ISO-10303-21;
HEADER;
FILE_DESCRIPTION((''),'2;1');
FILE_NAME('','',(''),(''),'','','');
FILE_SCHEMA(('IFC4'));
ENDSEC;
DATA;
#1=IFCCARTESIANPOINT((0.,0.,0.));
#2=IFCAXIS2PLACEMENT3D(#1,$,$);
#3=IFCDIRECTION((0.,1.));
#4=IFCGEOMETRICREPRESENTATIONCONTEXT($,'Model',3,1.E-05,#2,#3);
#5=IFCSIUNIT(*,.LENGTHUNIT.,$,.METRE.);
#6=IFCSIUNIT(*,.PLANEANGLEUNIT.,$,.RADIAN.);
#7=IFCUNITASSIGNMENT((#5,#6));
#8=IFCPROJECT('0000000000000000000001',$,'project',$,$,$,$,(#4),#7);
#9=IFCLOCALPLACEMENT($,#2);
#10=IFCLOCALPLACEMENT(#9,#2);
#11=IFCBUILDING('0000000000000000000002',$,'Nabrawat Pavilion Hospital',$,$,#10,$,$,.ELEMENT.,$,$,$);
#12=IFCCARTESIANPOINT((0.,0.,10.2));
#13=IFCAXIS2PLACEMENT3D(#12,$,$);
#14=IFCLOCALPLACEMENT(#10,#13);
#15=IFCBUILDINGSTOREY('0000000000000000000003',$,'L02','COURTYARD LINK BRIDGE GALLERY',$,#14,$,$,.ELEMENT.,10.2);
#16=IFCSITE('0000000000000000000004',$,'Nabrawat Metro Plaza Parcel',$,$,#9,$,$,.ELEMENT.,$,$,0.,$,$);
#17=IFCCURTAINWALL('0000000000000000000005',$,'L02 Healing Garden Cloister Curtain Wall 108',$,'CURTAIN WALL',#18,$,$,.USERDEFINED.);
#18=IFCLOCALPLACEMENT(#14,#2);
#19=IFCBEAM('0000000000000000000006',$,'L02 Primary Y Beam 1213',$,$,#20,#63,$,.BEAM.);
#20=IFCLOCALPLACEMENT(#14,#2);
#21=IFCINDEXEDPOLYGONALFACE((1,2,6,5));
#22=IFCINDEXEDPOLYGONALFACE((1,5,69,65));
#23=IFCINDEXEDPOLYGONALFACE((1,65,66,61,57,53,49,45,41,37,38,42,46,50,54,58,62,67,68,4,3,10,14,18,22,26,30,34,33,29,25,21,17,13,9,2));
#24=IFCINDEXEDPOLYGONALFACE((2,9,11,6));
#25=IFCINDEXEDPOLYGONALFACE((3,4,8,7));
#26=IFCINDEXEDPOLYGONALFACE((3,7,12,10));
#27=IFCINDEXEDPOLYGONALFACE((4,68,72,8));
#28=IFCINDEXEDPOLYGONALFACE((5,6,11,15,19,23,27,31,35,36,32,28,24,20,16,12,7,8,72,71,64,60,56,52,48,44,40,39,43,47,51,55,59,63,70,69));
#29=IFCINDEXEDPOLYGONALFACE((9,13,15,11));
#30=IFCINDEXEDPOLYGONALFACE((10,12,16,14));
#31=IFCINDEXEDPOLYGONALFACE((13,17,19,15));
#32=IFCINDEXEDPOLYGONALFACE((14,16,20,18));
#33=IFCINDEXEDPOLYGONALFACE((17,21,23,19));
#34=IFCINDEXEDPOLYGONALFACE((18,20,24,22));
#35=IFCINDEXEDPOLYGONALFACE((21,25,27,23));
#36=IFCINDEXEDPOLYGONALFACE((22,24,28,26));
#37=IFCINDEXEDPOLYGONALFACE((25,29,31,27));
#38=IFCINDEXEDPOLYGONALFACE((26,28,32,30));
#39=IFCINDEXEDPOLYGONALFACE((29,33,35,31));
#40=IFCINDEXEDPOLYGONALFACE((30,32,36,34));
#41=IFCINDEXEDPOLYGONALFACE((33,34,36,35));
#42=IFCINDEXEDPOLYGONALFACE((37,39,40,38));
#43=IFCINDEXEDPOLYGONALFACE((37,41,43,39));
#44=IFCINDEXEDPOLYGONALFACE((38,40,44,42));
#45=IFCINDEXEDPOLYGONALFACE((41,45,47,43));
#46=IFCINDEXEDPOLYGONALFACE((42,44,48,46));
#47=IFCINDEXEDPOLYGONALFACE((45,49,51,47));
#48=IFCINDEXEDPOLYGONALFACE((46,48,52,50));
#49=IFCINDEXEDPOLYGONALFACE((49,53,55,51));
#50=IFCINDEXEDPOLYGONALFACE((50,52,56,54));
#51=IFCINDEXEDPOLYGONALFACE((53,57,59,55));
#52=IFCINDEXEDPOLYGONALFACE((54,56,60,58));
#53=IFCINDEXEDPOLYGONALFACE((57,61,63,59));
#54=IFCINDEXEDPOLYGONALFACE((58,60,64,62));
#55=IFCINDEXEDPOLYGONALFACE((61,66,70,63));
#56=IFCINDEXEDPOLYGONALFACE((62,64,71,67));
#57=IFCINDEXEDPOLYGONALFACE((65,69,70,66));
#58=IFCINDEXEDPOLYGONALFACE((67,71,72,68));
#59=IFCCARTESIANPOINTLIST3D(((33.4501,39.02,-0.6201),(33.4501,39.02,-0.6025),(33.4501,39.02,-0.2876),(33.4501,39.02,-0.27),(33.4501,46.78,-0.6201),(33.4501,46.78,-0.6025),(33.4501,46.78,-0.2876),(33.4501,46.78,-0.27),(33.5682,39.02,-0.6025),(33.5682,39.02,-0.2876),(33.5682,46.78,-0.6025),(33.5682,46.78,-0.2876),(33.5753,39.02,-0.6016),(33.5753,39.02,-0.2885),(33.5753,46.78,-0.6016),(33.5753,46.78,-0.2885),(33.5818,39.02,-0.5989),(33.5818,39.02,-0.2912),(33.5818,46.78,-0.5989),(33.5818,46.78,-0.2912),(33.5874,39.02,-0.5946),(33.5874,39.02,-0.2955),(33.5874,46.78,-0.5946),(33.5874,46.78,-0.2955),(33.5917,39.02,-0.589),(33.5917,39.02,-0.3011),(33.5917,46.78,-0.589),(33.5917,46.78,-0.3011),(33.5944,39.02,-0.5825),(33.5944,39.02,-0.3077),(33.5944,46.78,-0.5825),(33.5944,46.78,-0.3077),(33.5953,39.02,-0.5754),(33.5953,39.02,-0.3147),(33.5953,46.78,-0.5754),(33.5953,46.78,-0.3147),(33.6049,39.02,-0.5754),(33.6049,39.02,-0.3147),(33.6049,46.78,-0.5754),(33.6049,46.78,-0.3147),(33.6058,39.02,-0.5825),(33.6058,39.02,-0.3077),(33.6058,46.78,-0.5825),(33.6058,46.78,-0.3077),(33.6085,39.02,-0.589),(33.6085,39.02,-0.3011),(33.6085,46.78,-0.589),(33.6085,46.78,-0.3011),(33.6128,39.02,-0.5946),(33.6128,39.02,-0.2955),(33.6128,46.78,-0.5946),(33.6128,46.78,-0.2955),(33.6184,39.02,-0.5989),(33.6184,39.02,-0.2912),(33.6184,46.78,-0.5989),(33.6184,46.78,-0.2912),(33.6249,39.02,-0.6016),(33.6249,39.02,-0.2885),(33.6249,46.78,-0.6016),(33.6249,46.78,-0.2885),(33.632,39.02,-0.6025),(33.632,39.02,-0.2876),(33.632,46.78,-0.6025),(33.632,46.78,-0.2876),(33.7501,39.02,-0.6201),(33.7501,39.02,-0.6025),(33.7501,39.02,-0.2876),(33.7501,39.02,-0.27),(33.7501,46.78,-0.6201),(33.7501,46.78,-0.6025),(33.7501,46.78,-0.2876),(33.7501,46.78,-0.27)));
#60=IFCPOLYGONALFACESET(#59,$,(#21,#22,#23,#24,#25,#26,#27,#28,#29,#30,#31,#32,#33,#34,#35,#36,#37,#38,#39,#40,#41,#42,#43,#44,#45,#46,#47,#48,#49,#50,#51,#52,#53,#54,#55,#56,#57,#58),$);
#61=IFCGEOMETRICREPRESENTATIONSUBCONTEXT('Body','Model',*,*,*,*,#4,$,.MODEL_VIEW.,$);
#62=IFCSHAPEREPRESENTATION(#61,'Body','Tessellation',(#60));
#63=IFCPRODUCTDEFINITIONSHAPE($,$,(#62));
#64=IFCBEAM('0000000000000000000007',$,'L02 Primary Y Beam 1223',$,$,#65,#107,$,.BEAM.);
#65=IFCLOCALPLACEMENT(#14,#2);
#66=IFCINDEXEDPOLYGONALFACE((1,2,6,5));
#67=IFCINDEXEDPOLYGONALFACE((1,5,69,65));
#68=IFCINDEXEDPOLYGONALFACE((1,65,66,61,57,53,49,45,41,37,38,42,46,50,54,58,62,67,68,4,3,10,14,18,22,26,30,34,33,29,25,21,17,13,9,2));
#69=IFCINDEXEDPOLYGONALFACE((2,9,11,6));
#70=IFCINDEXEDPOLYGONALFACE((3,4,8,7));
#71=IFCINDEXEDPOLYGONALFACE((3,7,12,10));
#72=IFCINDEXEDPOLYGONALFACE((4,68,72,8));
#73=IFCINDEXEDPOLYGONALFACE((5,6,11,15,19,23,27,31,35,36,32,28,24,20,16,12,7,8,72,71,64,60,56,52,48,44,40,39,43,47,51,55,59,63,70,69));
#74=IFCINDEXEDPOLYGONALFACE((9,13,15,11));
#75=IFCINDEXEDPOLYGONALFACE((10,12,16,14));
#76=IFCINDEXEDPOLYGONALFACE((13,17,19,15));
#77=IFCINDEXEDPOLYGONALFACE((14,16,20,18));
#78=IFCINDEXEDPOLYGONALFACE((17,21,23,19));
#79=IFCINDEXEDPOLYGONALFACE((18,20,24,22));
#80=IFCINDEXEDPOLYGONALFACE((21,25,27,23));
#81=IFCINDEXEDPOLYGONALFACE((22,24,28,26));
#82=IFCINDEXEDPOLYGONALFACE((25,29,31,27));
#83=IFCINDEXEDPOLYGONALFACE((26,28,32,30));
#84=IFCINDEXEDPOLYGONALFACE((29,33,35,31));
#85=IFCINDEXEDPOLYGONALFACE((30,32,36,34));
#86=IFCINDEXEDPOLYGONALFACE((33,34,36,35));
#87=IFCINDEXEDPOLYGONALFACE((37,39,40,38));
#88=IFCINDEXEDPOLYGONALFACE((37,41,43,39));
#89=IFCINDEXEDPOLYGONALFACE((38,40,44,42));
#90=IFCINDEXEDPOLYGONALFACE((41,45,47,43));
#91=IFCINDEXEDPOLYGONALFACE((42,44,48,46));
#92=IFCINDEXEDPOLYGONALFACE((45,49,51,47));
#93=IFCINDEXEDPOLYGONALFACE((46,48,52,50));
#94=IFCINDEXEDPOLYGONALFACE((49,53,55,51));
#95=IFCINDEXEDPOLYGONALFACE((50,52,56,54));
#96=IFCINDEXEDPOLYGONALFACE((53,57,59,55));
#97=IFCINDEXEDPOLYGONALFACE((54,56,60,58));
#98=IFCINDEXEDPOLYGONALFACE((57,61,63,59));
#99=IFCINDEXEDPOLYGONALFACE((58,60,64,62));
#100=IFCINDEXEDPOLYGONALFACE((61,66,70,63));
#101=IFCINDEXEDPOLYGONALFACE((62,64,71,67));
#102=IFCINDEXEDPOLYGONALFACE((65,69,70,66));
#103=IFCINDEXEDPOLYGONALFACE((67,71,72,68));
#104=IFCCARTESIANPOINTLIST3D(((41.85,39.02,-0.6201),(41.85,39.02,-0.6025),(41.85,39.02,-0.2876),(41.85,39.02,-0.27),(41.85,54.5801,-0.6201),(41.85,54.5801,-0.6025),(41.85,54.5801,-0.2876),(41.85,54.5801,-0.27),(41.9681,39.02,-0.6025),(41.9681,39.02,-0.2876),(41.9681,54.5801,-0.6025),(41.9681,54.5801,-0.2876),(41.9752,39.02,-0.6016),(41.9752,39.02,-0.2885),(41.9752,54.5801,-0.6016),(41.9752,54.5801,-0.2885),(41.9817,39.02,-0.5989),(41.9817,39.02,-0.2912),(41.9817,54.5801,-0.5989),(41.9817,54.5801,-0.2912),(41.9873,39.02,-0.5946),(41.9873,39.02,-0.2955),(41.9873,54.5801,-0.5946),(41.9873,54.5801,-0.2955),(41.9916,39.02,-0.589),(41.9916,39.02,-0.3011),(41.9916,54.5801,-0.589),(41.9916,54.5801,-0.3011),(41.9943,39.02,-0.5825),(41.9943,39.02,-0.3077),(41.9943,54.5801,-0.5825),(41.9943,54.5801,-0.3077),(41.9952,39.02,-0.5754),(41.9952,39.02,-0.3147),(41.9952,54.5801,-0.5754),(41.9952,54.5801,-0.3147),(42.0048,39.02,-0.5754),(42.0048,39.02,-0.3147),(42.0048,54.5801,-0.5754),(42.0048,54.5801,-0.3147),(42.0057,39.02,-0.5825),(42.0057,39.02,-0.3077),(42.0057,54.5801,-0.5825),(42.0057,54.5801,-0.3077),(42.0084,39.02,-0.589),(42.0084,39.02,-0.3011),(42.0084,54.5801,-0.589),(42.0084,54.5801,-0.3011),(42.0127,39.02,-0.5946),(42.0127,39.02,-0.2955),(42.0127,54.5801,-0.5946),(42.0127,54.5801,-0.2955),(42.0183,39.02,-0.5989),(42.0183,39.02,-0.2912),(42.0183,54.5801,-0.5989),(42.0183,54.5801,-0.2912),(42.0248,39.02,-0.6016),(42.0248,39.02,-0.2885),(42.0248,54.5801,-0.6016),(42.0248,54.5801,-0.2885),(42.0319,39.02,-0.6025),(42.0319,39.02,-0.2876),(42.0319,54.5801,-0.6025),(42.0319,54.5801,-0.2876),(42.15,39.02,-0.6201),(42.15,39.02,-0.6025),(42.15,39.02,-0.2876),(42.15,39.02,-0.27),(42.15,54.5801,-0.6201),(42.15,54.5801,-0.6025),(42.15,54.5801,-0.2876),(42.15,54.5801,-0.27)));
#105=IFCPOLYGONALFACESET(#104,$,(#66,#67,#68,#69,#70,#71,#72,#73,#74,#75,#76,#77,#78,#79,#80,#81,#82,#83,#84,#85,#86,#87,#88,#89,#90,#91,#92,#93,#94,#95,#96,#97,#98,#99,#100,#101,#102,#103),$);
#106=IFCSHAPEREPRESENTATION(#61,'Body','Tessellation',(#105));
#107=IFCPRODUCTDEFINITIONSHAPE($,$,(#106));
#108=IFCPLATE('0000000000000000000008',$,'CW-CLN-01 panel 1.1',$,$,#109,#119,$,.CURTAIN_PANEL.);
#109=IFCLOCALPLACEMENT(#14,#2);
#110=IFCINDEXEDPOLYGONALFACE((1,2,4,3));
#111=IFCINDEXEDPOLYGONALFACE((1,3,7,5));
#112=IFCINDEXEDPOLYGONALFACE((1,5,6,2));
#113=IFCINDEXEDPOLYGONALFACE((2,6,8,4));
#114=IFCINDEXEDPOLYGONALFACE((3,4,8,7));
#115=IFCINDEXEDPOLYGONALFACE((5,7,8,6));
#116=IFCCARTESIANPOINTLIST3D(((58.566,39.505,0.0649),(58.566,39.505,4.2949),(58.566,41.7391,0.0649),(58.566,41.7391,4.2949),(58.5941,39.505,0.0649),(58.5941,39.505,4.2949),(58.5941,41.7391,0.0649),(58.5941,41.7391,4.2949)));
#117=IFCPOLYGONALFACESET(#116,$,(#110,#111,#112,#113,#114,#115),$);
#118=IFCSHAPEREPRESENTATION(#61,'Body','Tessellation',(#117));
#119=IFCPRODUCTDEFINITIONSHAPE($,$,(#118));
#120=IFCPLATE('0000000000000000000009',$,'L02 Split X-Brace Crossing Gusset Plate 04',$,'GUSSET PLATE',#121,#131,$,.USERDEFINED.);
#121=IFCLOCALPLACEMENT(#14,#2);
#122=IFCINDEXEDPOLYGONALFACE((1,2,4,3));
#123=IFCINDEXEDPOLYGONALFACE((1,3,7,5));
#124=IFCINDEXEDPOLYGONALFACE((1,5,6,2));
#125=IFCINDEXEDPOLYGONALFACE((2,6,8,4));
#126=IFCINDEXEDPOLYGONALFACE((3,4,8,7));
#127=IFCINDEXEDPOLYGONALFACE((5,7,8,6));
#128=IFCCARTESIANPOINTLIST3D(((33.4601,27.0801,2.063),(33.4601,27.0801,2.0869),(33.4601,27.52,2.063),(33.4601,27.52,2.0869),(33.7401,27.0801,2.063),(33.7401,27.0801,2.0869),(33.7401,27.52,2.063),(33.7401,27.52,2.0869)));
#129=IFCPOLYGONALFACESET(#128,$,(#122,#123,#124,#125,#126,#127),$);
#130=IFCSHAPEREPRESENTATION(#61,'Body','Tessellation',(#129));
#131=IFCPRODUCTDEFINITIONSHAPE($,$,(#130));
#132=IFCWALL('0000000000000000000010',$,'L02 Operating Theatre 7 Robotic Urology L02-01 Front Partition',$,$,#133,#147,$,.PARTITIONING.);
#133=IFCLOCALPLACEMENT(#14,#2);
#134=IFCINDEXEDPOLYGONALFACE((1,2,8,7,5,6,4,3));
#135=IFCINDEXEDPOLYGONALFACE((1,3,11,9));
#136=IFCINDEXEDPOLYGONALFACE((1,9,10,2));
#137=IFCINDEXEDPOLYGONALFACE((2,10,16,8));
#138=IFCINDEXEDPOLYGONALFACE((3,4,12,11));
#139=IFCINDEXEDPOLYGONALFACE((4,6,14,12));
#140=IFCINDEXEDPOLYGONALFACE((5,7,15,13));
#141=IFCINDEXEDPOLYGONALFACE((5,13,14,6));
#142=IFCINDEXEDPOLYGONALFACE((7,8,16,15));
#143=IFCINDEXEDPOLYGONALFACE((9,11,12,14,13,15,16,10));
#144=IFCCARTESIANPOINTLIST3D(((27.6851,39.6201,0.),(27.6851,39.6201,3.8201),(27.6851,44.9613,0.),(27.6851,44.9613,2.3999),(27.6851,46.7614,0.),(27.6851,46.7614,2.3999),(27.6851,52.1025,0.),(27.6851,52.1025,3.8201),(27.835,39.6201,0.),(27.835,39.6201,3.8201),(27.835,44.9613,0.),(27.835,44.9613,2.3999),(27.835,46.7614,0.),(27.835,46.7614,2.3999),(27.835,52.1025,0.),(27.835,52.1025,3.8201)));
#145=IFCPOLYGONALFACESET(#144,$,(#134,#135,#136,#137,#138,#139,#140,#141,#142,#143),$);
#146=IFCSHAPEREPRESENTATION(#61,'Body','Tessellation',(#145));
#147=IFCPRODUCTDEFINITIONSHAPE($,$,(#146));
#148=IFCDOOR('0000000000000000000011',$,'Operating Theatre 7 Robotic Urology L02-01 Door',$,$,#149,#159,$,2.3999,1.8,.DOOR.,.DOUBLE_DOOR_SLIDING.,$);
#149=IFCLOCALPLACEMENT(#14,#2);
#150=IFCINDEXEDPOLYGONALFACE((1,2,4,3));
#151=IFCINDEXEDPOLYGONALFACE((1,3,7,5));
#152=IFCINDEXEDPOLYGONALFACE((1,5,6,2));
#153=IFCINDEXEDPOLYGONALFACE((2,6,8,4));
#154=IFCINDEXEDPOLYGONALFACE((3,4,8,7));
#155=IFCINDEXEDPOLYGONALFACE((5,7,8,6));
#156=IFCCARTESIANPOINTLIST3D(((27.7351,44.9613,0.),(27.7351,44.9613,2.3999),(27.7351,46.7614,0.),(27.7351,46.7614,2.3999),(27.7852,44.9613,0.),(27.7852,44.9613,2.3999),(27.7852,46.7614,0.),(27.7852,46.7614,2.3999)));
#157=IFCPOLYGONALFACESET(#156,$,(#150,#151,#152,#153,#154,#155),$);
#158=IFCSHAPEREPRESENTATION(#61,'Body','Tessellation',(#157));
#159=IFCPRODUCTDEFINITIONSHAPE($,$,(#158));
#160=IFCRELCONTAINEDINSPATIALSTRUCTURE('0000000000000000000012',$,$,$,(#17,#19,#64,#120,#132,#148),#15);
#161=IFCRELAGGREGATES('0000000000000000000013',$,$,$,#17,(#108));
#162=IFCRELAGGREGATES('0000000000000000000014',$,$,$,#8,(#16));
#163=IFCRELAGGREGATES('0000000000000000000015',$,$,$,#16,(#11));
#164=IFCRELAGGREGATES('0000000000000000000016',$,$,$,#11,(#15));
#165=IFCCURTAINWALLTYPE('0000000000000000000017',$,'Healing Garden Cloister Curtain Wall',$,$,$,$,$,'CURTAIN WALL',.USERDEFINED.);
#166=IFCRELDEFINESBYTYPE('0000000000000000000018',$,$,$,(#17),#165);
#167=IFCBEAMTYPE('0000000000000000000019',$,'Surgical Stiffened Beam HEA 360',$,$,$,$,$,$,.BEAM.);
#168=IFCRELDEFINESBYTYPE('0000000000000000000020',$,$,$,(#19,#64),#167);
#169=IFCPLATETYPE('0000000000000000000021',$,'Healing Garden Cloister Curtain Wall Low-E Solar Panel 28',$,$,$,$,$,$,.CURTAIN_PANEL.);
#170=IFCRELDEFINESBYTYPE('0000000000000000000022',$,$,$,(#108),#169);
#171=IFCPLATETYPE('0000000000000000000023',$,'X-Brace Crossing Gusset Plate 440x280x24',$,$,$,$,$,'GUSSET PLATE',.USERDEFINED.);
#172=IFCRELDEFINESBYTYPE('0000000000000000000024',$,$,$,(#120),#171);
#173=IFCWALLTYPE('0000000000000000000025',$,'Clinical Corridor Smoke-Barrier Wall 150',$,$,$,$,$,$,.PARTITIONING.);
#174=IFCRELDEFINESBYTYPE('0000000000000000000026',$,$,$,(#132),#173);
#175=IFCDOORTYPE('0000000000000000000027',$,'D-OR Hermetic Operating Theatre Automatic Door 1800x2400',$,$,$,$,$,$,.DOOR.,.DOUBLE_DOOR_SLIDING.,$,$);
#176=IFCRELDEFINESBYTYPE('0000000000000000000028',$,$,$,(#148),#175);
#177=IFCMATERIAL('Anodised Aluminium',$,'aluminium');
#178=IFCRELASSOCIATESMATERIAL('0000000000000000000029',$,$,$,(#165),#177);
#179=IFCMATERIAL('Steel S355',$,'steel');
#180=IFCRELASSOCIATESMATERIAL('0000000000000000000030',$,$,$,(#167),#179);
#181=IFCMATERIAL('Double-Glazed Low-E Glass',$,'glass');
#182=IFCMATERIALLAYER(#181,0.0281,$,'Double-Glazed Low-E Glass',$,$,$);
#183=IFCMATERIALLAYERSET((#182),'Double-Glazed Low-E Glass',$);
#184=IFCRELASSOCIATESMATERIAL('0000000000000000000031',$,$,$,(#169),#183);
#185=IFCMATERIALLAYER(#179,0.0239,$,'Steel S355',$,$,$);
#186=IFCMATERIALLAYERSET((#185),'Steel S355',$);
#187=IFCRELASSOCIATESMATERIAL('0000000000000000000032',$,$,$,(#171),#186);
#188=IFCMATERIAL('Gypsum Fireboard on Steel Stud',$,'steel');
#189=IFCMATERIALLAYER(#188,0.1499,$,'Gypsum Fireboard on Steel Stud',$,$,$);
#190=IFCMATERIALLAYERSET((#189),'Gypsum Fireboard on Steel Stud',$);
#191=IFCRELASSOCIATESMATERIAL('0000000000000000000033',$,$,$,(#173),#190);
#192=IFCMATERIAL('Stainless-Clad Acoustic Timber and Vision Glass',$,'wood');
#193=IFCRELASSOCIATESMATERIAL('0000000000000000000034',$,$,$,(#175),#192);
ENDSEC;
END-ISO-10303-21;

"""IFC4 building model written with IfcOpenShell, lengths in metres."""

from ifc_helpers import new_model, si_unit, direction, frame, frame_2d, origin, origin_2d, place, context, subcontext, project, spatial, rectangle, i_section, extrude, material, layer, layer_set, material_profile, profile_set, type_object, element, fill, aggregate, save


model = new_model("IFC4")

# Units and contexts
model_context = context("Model", 3, precision=1e-05, world=origin(), true_north=direction((0.0, 1.0)))
body_context = subcontext(model_context, "Body", "Model", "MODEL_VIEW")
ifc_project = project(units=[si_unit("LENGTHUNIT", "METRE"), si_unit("PLANEANGLEUNIT", "RADIAN")], contexts=[model_context])

# Site, building, storey
site_placement = place(None, origin())
site = spatial("IfcSite", under=ifc_project, at=site_placement, Name="Nabrawat Metro Plaza Parcel", CompositionType="ELEMENT", RefElevation=0.0)
building_placement = place(site_placement, origin())
building = spatial("IfcBuilding", under=site, at=building_placement, Name="Nabrawat Pavilion Hospital", CompositionType="ELEMENT")
storey_placement = place(building_placement, frame((0.0, 0.0, 10.2)))
storey = spatial("IfcBuildingStorey", under=building, at=storey_placement, Name="L02", Description="COURTYARD LINK BRIDGE GALLERY", CompositionType="ELEMENT", Elevation=10.2)

# Shared definitions
ifc_material_1 = material(Name="Steel S355", Category="steel")

# Curtain wall
ifc_material_2 = material(Name="Anodised Aluminium", Category="aluminium")
curtain_wall_type = type_object("IfcCurtainWallType", Name="Healing Garden Cloister Curtain Wall", ElementType="CURTAIN WALL", PredefinedType="USERDEFINED", material=ifc_material_2)
curtain_wall_placement = place(storey_placement, origin())
curtain_wall = element("IfcCurtainWall", 1, at=curtain_wall_placement, inside=storey, type_object=curtain_wall_type, Name="L02 Healing Garden Cloister Curtain Wall 108", ObjectType="CURTAIN WALL", PredefinedType="USERDEFINED")

# Beams
ifc_material_profile_1 = material_profile(ifc_material_1, i_section(OverallWidth=0.3, OverallDepth=0.3501, WebThickness=0.0095, FlangeThickness=0.0176, FilletRadius=0.0271, at=origin_2d()), Name="HEA 360")
ifc_profile_set_1 = profile_set([ifc_material_profile_1], Name="Steel S355")
beam_type_1 = type_object("IfcBeamType", Name="Surgical Stiffened Beam HEA 360", PredefinedType="BEAM", material=ifc_profile_set_1)
beam_1_placement = place(storey_placement, frame((33.6001, 39.02, -0.4451), z_axis=(0.0, 1.0, 0.0), x_axis=(-1.0, 0.0, 0.0)))
element("IfcBeam", 2, at=beam_1_placement, inside=storey, type_object=beam_type_1, Name="L02 Primary Y Beam 1213", PredefinedType="BEAM", context=body_context, shape_type="SweptSolid", body=[
    extrude(i_section(OverallWidth=0.3, OverallDepth=0.3501, WebThickness=0.0095, FlangeThickness=0.0176, FilletRadius=0.0271, at=origin_2d()), origin(), (0.0, 0.0, 1.0), 7.76),
])
beam_2_placement = place(storey_placement, frame((42.0, 39.02, -0.4451), z_axis=(0.0, 1.0, 0.0), x_axis=(-1.0, 0.0, 0.0)))
element("IfcBeam", 3, at=beam_2_placement, inside=storey, type_object=beam_type_1, Name="L02 Primary Y Beam 1223", PredefinedType="BEAM", context=body_context, shape_type="SweptSolid", body=[
    extrude(i_section(OverallWidth=0.3, OverallDepth=0.3501, WebThickness=0.0095, FlangeThickness=0.0176, FilletRadius=0.0271, at=origin_2d()), origin(), (0.0, 0.0, 1.0), 15.5601),
])

# Plates
ifc_material_3 = material(Name="Double-Glazed Low-E Glass", Category="glass")
ifc_layer_1 = layer(ifc_material_3, 0.0281, Name="Double-Glazed Low-E Glass")
ifc_layer_set_1 = layer_set([ifc_layer_1], Name="Double-Glazed Low-E Glass")
plate_type_1 = type_object("IfcPlateType", Name="Healing Garden Cloister Curtain Wall Low-E Solar Panel 28", PredefinedType="CURTAIN_PANEL", material=ifc_layer_set_1)
plate_1_placement = place(storey_placement, frame((58.5801, 40.6221, 0.0649), z_axis=(0.0, 0.0, 1.0), x_axis=(0.0, 1.0, 0.0)))
plate_1 = element("IfcPlate", 4, at=plate_1_placement, type_object=plate_type_1, Name="CW-CLN-01 panel 1.1", PredefinedType="CURTAIN_PANEL", context=body_context, shape_type="SweptSolid", body=[
    extrude(rectangle(XDim=2.2341, YDim=0.0281, at=origin_2d()), origin(), (0.0, 0.0, 1.0), 4.23),
])
aggregate(curtain_wall, [plate_1])
ifc_layer_2 = layer(ifc_material_1, 0.0239, Name="Steel S355")
ifc_layer_set_2 = layer_set([ifc_layer_2], Name="Steel S355")
plate_type_2 = type_object("IfcPlateType", Name="X-Brace Crossing Gusset Plate 440x280x24", ElementType="GUSSET PLATE", PredefinedType="USERDEFINED", material=ifc_layer_set_2)
plate_2_placement = place(storey_placement, frame((33.6001, 27.3, 2.063), z_axis=(0.0, 0.0, 1.0), x_axis=(1.0, 0.0, 0.0)))
element("IfcPlate", 5, at=plate_2_placement, inside=storey, type_object=plate_type_2, Name="L02 Split X-Brace Crossing Gusset Plate 04", ObjectType="GUSSET PLATE", PredefinedType="USERDEFINED", context=body_context, shape_type="SweptSolid", body=[
    extrude(rectangle(XDim=0.28, YDim=0.4399, at=origin_2d()), origin(), (0.0, 0.0, 1.0), 0.0239),
])

# Wall, opening, door
ifc_material_4 = material(Name="Gypsum Fireboard on Steel Stud", Category="steel")
ifc_layer_3 = layer(ifc_material_4, 0.1499, Name="Gypsum Fireboard on Steel Stud")
ifc_layer_set_3 = layer_set([ifc_layer_3], Name="Gypsum Fireboard on Steel Stud")
wall_type_1 = type_object("IfcWallType", Name="Clinical Corridor Smoke-Barrier Wall 150", PredefinedType="PARTITIONING", material=ifc_layer_set_3)
wall_1_placement = place(storey_placement, frame((27.76, 39.6201, 0.0), z_axis=(0.0, 0.0, 1.0), x_axis=(0.0, 1.0, 0.0)))
wall_1 = element("IfcWall", 6, at=wall_1_placement, inside=storey, type_object=wall_type_1, Name="L02 Operating Theatre 7 Robotic Urology L02-01 Front Partition", PredefinedType="PARTITIONING", context=body_context, shape_type="SweptSolid", body=[
    extrude(rectangle(XDim=12.4824, YDim=0.1499, at=frame_2d((6.2412, 0.0))), origin(), (0.0, 0.0, 1.0), 3.8201),
])
opening_1_placement = place(wall_1_placement, frame((5.3413, 0.0, 0.0)))
opening_1 = element("IfcOpeningElement", 7, at=opening_1_placement, cuts=wall_1, PredefinedType="OPENING", context=body_context, shape_type="SweptSolid", body=[
    extrude(rectangle(XDim=1.8, YDim=2.3999, at=frame_2d((0.8999, 1.2))), frame((0.0, 0.085, 0.0), z_axis=(0.0, -1.0, 0.0), x_axis=(1.0, 0.0, 0.0)), (0.0, 0.0, 1.0), 0.1699),
])
ifc_material_5 = material(Name="Stainless-Clad Acoustic Timber and Vision Glass", Category="wood")
door_type = type_object("IfcDoorType", Name="D-OR Hermetic Operating Theatre Automatic Door 1800x2400", OperationType="DOUBLE_DOOR_SLIDING", PredefinedType="DOOR", material=ifc_material_5)
door_1_placement = place(opening_1_placement, origin())
door_1 = element("IfcDoor", 8, at=door_1_placement, inside=storey, type_object=door_type, Name="Operating Theatre 7 Robotic Urology L02-01 Door", OperationType="DOUBLE_DOOR_SLIDING", OverallHeight=2.3999, OverallWidth=1.8, PredefinedType="DOOR", context=body_context, shape_type="SweptSolid", body=[
    extrude(rectangle(XDim=1.8, YDim=2.3999, at=frame_2d((0.8999, 1.2))), frame((0.0, 0.0249, 0.0), z_axis=(0.0, -1.0, 0.0), x_axis=(1.0, 0.0, 0.0)), (0.0, 0.0, 1.0), 0.05),
])
fill(opening_1, door_1)

save(model, "model.ifc")
